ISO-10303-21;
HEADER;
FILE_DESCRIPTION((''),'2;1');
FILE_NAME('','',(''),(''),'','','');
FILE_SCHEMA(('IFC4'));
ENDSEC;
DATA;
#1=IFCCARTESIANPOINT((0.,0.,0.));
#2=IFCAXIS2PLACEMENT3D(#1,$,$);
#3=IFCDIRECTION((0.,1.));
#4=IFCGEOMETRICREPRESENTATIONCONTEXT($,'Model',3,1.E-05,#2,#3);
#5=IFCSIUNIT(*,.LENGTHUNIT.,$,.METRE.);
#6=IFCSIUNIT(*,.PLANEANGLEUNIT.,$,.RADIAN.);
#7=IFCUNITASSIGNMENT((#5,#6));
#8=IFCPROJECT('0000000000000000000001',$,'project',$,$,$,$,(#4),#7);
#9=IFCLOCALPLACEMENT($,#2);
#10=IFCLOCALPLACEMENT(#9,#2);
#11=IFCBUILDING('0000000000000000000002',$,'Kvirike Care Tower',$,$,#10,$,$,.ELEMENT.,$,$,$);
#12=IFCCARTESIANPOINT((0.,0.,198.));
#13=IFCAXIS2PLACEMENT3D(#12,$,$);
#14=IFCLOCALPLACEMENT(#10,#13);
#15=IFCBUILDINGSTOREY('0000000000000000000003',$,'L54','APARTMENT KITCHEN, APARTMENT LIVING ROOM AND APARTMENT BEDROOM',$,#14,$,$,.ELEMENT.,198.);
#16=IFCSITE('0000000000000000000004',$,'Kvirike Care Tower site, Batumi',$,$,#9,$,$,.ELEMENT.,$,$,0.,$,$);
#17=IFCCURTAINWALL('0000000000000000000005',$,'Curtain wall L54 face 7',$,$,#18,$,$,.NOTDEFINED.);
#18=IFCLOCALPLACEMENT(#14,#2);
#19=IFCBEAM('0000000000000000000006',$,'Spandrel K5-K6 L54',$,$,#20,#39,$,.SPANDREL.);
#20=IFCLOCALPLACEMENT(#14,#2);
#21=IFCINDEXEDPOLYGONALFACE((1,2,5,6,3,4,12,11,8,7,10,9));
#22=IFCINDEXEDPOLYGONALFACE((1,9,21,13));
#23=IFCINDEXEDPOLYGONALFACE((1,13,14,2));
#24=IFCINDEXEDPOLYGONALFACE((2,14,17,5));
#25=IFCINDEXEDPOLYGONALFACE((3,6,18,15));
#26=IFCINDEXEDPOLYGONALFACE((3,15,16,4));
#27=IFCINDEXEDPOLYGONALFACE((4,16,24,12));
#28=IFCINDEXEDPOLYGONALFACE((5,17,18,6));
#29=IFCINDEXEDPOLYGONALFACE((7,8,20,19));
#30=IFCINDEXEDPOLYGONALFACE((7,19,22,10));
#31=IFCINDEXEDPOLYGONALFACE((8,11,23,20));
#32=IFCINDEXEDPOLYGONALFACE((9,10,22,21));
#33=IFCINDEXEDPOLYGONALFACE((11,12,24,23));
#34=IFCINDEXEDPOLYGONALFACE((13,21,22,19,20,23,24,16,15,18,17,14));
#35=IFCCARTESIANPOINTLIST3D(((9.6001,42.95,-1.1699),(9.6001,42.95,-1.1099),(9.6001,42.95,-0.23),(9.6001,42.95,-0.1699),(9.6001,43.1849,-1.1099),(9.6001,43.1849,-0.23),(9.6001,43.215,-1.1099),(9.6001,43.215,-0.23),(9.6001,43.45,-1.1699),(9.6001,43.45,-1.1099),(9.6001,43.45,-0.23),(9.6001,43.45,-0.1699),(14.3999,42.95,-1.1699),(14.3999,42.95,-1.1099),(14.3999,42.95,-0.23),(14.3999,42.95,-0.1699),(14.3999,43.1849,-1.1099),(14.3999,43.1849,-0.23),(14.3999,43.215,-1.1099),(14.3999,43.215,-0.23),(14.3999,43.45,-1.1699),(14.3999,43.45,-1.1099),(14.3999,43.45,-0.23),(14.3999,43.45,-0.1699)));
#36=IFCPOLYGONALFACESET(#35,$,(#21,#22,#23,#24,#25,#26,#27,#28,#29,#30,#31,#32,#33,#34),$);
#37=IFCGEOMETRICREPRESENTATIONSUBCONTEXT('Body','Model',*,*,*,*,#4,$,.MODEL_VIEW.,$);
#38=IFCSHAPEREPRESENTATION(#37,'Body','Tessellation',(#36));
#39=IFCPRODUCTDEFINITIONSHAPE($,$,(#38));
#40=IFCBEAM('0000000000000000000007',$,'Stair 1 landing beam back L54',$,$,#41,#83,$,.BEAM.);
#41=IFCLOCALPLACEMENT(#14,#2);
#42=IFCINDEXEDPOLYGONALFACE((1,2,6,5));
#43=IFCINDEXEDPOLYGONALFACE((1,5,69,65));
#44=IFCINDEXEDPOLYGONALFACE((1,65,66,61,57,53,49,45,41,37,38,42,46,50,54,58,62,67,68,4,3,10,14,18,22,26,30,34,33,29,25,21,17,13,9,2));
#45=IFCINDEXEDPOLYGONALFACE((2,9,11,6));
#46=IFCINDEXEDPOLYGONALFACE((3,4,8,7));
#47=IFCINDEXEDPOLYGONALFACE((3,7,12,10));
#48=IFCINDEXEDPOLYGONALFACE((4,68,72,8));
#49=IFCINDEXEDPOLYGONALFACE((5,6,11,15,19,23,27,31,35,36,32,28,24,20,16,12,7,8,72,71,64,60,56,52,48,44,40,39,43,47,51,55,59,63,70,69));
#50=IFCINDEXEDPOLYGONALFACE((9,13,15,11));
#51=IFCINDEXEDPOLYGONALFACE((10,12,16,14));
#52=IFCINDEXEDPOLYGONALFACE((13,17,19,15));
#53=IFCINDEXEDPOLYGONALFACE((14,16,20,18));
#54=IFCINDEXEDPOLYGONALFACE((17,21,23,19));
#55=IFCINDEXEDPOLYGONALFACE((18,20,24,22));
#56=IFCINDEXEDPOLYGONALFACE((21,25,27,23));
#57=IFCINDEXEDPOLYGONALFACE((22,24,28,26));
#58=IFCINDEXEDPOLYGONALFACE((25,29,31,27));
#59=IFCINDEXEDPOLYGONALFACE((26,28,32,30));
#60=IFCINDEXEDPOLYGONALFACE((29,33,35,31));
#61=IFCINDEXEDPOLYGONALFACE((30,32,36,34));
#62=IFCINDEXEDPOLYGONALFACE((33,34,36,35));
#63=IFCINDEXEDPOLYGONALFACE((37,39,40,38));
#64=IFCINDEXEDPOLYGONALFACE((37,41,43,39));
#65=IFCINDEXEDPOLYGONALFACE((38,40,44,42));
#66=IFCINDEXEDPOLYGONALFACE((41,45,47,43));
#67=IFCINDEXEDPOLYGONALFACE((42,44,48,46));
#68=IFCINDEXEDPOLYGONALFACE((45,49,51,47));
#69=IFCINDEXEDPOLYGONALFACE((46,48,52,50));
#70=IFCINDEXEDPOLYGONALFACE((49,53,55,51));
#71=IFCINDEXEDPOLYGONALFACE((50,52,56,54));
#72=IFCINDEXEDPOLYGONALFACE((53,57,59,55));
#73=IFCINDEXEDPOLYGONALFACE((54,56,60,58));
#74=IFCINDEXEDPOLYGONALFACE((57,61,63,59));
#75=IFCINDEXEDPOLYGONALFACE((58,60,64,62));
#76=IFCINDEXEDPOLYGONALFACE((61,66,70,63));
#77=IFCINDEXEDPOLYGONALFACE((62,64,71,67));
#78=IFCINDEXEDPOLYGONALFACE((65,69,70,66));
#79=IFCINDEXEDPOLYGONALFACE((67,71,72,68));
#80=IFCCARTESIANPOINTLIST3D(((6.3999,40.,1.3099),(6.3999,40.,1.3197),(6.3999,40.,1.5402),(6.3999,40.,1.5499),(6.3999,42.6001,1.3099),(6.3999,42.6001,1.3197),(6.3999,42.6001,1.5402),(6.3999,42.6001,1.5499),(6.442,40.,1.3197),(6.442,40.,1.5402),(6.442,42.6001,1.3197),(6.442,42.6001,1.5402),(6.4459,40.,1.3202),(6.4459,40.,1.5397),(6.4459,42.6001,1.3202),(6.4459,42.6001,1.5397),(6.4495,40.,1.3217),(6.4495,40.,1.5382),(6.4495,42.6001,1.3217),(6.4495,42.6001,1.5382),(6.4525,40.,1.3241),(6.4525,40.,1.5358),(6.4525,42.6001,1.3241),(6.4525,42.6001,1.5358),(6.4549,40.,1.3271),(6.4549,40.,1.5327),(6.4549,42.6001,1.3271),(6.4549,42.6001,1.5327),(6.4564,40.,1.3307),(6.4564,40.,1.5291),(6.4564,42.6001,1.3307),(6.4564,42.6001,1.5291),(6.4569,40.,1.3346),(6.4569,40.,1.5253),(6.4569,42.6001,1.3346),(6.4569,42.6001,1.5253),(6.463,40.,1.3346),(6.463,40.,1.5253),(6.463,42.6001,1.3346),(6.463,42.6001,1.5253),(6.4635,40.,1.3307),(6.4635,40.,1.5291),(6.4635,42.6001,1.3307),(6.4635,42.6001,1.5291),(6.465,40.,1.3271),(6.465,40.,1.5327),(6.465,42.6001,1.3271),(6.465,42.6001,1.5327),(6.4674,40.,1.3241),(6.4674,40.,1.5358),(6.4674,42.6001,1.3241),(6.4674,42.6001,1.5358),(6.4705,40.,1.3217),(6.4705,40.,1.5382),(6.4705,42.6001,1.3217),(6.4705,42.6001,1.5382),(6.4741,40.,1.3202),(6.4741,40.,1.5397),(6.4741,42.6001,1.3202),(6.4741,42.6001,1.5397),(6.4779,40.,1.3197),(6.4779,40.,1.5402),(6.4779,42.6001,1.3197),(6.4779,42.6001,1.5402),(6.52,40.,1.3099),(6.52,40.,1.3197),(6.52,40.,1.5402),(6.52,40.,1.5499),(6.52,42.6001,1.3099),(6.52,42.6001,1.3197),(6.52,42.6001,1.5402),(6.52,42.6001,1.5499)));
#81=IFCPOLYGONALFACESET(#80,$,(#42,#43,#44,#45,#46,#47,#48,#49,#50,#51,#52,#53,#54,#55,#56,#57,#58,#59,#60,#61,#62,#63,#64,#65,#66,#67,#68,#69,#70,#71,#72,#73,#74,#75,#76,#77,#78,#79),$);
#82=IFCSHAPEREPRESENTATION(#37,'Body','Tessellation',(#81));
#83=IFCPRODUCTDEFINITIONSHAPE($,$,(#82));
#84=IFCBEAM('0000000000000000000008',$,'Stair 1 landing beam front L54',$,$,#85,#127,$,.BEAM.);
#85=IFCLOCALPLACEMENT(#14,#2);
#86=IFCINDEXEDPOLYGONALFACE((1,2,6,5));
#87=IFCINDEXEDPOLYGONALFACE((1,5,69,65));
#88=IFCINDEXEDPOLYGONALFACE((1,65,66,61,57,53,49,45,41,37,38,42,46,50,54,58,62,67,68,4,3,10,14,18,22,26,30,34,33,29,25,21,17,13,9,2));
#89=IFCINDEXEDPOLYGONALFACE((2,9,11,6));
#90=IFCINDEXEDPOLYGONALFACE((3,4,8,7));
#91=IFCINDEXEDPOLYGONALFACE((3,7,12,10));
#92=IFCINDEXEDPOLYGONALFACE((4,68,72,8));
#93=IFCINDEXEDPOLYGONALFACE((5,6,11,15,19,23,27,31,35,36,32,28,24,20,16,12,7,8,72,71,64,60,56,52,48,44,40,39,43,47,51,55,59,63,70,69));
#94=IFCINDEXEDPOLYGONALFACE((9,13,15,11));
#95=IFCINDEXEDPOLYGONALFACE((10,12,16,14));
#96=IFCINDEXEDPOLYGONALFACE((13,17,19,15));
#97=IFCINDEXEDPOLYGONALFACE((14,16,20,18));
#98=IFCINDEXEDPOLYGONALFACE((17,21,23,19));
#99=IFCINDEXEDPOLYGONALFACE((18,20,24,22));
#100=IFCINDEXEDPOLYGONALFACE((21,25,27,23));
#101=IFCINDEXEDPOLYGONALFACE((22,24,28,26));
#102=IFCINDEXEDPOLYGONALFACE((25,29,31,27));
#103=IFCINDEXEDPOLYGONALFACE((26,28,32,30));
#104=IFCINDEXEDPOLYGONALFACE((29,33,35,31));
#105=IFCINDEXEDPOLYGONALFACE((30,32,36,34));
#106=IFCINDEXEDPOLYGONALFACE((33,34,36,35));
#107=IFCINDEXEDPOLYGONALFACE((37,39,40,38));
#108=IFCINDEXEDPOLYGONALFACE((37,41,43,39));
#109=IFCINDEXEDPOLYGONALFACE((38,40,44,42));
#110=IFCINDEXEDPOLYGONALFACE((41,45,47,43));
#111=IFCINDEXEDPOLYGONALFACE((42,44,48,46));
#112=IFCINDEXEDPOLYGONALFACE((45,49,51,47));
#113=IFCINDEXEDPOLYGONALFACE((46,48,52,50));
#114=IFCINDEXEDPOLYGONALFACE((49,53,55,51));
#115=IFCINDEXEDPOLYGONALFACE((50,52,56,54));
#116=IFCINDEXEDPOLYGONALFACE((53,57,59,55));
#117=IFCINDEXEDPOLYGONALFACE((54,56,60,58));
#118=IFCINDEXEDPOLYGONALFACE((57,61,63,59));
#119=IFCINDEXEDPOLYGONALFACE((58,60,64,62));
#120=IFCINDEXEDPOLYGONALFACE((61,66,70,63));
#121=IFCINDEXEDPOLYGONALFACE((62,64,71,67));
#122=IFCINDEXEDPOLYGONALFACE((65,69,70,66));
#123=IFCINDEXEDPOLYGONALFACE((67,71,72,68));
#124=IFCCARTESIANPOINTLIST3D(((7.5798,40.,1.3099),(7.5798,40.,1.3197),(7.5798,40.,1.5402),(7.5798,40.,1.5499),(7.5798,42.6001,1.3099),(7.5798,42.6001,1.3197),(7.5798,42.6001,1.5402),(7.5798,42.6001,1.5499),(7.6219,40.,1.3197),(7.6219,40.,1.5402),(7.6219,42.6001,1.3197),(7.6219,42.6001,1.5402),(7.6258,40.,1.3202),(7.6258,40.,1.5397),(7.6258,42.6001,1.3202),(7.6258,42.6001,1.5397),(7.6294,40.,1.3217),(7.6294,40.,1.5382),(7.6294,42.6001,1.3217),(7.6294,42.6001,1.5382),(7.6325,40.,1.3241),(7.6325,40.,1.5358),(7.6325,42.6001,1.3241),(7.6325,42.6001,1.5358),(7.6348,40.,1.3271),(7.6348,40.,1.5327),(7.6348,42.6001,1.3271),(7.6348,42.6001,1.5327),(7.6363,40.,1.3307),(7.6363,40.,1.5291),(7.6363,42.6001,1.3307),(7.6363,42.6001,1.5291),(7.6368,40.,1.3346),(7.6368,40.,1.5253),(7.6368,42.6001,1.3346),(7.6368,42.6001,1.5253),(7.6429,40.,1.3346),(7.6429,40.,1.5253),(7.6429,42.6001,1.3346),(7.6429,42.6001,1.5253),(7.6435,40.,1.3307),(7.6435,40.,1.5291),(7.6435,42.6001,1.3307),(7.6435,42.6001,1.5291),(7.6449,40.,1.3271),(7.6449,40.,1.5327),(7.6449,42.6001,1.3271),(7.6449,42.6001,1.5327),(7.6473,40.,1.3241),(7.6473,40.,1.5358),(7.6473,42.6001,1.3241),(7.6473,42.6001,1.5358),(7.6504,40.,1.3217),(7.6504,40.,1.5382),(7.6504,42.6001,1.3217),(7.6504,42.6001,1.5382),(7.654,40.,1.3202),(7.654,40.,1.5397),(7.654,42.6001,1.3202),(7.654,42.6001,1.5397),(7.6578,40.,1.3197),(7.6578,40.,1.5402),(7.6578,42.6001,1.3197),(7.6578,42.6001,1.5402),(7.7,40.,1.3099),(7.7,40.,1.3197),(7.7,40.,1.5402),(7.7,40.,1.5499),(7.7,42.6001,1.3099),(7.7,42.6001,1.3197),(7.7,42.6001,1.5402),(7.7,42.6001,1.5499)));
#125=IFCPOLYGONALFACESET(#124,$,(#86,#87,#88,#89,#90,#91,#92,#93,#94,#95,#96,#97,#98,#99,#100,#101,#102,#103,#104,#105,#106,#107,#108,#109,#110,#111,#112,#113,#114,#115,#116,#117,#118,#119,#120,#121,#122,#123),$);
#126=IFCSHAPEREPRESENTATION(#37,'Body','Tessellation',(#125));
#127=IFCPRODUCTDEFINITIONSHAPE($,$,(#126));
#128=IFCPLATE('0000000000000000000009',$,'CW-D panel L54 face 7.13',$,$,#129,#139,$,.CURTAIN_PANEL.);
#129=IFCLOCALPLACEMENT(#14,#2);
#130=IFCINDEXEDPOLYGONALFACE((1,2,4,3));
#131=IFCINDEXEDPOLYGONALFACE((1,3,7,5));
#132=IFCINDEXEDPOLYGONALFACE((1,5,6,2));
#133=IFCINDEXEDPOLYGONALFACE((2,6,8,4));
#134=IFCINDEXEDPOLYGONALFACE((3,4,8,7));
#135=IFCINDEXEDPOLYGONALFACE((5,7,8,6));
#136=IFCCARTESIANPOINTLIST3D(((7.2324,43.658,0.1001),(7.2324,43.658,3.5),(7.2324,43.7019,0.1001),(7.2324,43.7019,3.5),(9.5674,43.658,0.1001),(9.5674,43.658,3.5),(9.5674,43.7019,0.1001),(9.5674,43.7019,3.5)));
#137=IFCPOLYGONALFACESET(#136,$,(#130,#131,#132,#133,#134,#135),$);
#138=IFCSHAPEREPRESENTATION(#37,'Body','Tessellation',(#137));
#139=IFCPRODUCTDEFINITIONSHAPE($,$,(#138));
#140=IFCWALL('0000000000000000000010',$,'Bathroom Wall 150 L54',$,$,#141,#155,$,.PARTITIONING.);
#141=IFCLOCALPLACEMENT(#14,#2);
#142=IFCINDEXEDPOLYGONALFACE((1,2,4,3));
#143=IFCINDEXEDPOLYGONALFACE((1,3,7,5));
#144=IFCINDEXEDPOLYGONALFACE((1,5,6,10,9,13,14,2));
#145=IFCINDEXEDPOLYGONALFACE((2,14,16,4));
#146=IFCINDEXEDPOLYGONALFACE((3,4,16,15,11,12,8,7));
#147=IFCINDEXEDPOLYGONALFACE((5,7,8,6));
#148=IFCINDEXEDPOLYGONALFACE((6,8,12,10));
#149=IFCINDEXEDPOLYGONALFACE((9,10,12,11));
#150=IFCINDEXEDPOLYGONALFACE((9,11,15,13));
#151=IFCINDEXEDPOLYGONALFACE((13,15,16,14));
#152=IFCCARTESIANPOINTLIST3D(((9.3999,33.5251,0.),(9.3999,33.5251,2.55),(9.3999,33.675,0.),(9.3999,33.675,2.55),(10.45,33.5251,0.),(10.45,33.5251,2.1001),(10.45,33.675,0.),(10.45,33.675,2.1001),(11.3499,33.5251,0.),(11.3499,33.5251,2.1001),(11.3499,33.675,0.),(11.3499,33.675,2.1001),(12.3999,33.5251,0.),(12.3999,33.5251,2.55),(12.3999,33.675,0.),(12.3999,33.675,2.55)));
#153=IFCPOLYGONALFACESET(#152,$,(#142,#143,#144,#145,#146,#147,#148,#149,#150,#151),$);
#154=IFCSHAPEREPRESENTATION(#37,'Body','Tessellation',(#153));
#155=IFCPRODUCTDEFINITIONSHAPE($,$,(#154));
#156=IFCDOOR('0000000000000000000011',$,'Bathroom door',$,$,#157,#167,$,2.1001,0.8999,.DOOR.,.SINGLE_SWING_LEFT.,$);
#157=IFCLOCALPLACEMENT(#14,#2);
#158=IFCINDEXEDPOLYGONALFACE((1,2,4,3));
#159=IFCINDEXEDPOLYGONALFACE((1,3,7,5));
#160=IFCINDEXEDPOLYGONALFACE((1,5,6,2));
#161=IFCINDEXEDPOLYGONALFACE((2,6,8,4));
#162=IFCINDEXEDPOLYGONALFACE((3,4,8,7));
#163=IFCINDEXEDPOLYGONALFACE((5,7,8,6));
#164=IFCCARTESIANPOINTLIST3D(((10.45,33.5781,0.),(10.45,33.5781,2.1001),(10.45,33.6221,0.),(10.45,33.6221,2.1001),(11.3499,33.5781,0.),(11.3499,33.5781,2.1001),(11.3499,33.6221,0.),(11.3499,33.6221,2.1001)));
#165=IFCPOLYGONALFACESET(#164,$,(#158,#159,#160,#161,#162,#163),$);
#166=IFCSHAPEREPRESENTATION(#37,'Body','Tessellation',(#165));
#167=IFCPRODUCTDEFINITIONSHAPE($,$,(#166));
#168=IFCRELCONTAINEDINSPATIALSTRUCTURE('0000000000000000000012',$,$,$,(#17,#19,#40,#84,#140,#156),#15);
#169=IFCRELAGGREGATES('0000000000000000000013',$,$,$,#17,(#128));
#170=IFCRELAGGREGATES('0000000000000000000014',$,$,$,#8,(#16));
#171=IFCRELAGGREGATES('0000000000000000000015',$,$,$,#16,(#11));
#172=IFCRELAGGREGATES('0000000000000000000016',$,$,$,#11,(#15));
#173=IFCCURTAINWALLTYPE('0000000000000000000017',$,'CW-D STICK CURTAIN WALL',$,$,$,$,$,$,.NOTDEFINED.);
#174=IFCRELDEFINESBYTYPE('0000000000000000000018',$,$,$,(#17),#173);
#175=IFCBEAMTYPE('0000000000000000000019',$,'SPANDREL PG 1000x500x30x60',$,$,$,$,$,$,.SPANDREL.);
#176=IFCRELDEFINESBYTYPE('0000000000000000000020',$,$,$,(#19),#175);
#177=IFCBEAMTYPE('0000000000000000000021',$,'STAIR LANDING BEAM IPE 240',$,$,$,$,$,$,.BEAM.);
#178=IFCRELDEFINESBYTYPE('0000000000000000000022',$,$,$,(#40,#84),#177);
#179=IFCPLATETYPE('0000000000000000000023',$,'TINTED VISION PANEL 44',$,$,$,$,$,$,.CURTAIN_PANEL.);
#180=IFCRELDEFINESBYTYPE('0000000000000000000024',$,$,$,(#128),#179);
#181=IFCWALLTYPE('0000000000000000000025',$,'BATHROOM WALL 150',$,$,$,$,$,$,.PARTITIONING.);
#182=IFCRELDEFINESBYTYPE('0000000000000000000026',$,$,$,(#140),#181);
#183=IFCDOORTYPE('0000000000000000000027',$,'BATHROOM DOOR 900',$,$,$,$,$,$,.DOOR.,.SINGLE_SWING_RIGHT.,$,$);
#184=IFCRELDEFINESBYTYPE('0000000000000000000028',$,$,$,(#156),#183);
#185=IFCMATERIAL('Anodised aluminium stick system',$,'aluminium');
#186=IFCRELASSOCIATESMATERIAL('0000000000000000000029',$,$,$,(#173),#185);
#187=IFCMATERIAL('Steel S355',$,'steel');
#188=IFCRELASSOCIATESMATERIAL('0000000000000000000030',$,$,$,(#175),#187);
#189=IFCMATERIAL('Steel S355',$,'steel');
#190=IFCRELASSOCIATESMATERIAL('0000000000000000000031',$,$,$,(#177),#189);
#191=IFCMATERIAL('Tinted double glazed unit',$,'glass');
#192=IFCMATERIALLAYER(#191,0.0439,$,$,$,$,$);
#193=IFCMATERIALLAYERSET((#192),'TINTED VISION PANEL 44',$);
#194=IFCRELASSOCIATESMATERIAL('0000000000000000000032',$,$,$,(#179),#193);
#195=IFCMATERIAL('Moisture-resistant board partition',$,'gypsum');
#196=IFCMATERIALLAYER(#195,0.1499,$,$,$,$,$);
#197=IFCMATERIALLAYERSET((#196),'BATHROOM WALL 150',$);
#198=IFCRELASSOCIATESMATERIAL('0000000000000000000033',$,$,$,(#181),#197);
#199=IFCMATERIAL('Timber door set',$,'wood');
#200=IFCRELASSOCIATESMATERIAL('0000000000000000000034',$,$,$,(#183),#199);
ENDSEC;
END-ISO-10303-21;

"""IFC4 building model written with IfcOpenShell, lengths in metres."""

from ifc_helpers import new_model, si_unit, direction, frame, frame_2d, origin, origin_2d, place, context, subcontext, project, spatial, rectangle, i_section, extrude, material, layer, layer_set, material_profile, profile_set, type_object, element, fill, aggregate, save


model = new_model("IFC4")

# Units and contexts
model_context = context("Model", 3, precision=1e-05, world=origin(), true_north=direction((0.0, 1.0)))
body_context = subcontext(model_context, "Body", "Model", "MODEL_VIEW")
ifc_project = project(units=[si_unit("LENGTHUNIT", "METRE"), si_unit("PLANEANGLEUNIT", "RADIAN")], contexts=[model_context])

# Site, building, storey
site_placement = place(None, origin())
site = spatial("IfcSite", under=ifc_project, at=site_placement, Name="Kvirike Care Tower site, Batumi", CompositionType="ELEMENT", RefElevation=0.0)
building_placement = place(site_placement, origin())
building = spatial("IfcBuilding", under=site, at=building_placement, Name="Kvirike Care Tower", CompositionType="ELEMENT")
storey_placement = place(building_placement, frame((0.0, 0.0, 198.0)))
storey = spatial("IfcBuildingStorey", under=building, at=storey_placement, Name="L54", Description="APARTMENT KITCHEN, APARTMENT LIVING ROOM AND APARTMENT BEDROOM", CompositionType="ELEMENT", Elevation=198.0)

# Curtain wall
ifc_material_1 = material(Name="Anodised aluminium stick system", Category="aluminium")
curtain_wall_type = type_object("IfcCurtainWallType", Name="CW-D STICK CURTAIN WALL", PredefinedType="NOTDEFINED", material=ifc_material_1)
curtain_wall_placement = place(storey_placement, origin())
curtain_wall = element("IfcCurtainWall", 1, at=curtain_wall_placement, inside=storey, type_object=curtain_wall_type, Name="Curtain wall L54 face 7", PredefinedType="NOTDEFINED")

# Beams
ifc_material_2 = material(Name="Steel S355", Category="steel")
ifc_material_profile_1 = material_profile(ifc_material_2, i_section(OverallWidth=0.5, OverallDepth=1.0, WebThickness=0.03, FlangeThickness=0.0601, at=origin_2d()), Name="PG 1000x500x30x60")
ifc_profile_set_1 = profile_set([ifc_material_profile_1], Name="Steel S355")
beam_type_1 = type_object("IfcBeamType", Name="SPANDREL PG 1000x500x30x60", PredefinedType="SPANDREL", material=ifc_profile_set_1)
beam_placement = place(storey_placement, frame((9.6001, 43.2, -0.6699), z_axis=(1.0, 0.0, 0.0), x_axis=(0.0, 1.0, 0.0)))
element("IfcBeam", 2, at=beam_placement, inside=storey, type_object=beam_type_1, Name="Spandrel K5-K6 L54", PredefinedType="SPANDREL", context=body_context, shape_type="SweptSolid", body=[
    extrude(i_section(OverallWidth=0.5, OverallDepth=1.0, WebThickness=0.03, FlangeThickness=0.0601, at=origin_2d()), origin(), (0.0, 0.0, 1.0), 4.7998),
])
ifc_material_3 = material(Name="Steel S355", Category="steel")
ifc_material_profile_2 = material_profile(ifc_material_3, i_section(OverallWidth=0.1201, OverallDepth=0.24, WebThickness=0.0061, FlangeThickness=0.0098, FilletRadius=0.0149, at=origin_2d()), Name="IPE 240")
ifc_profile_set_2 = profile_set([ifc_material_profile_2], Name="Steel S355")
beam_type_2 = type_object("IfcBeamType", Name="STAIR LANDING BEAM IPE 240", PredefinedType="BEAM", material=ifc_profile_set_2)
for number, where, z_axis, x_axis, name in (
    (3, (6.46, 42.6001, 1.4299), (0.0, -1.0, 0.0), (1.0, 0.0, 0.0), "Stair 1 landing beam back L54"),
    (4, (7.6399, 42.6001, 1.4299), (0.0, -1.0, 0.0), (1.0, 0.0, 0.0), "Stair 1 landing beam front L54"),
):
    element("IfcBeam", number, at=place(storey_placement, frame(where, z_axis=z_axis, x_axis=x_axis)), inside=storey, type_object=beam_type_2, Name=name, PredefinedType="BEAM", context=body_context, shape_type="SweptSolid", body=[
        extrude(i_section(OverallWidth=0.1201, OverallDepth=0.24, WebThickness=0.0061, FlangeThickness=0.0098, FilletRadius=0.0149, at=origin_2d()), origin(), (0.0, 0.0, 1.0), 2.6001),
    ])

# Plate
ifc_material_4 = material(Name="Tinted double glazed unit", Category="glass")
ifc_layer_1 = layer(ifc_material_4, 0.0439)
ifc_layer_set_1 = layer_set([ifc_layer_1], Name="TINTED VISION PANEL 44")
plate_type = type_object("IfcPlateType", Name="TINTED VISION PANEL 44", PredefinedType="CURTAIN_PANEL", material=ifc_layer_set_1)
plate_placement = place(storey_placement, frame((8.3999, 43.6799, 0.1001), z_axis=(0.0, 0.0, 1.0), x_axis=(-1.0, 0.0, 0.0)))
plate = element("IfcPlate", 5, at=plate_placement, type_object=plate_type, Name="CW-D panel L54 face 7.13", PredefinedType="CURTAIN_PANEL", context=body_context, shape_type="SweptSolid", body=[
    extrude(rectangle(XDim=2.335, YDim=0.0439, at=origin_2d()), origin(), (0.0, 0.0, 1.0), 3.3999),
])
aggregate(curtain_wall, [plate])

# Wall, opening, door
ifc_material_5 = material(Name="Moisture-resistant board partition", Category="gypsum")
ifc_layer_2 = layer(ifc_material_5, 0.1499)
ifc_layer_set_2 = layer_set([ifc_layer_2], Name="BATHROOM WALL 150")
wall_type_1 = type_object("IfcWallType", Name="BATHROOM WALL 150", PredefinedType="PARTITIONING", material=ifc_layer_set_2)
wall_1_placement = place(storey_placement, frame((9.3999, 33.6001, 0.0), z_axis=(0.0, 0.0, 1.0), x_axis=(1.0, 0.0, 0.0)))
wall_1 = element("IfcWall", 6, at=wall_1_placement, inside=storey, type_object=wall_type_1, Name="Bathroom Wall 150 L54", PredefinedType="PARTITIONING", context=body_context, shape_type="SweptSolid", body=[
    extrude(rectangle(XDim=3.0, YDim=0.1499, at=frame_2d((1.5, 0.0))), origin(), (0.0, 0.0, 1.0), 2.55),
])
opening_1_placement = place(wall_1_placement, frame((1.05, 0.0, 0.0)))
opening_1 = element("IfcOpeningElement", 7, at=opening_1_placement, cuts=wall_1, PredefinedType="OPENING", context=body_context, shape_type="SweptSolid", body=[
    extrude(rectangle(XDim=0.8999, YDim=2.1001, at=frame_2d((0.45, 1.05))), frame((0.0, 0.0854, 0.0), z_axis=(0.0, -1.0, 0.0), x_axis=(1.0, 0.0, 0.0)), (0.0, 0.0, 1.0), 0.1709),
])
ifc_material_6 = material(Name="Timber door set", Category="wood")
door_type_1 = type_object("IfcDoorType", Name="BATHROOM DOOR 900", OperationType="SINGLE_SWING_RIGHT", PredefinedType="DOOR", material=ifc_material_6)
door_1_placement = place(opening_1_placement, frame((0.8999, 0.0, 0.0), z_axis=(0.0, 0.0, 1.0), x_axis=(-1.0, 0.0, 0.0)))
door_1 = element("IfcDoor", 8, at=door_1_placement, inside=storey, type_object=door_type_1, Name="Bathroom door", OperationType="SINGLE_SWING_LEFT", OverallHeight=2.1001, OverallWidth=0.8999, PredefinedType="DOOR", context=body_context, shape_type="SweptSolid", body=[
    extrude(rectangle(XDim=0.8999, YDim=2.1001, at=frame_2d((0.45, 1.05))), frame((0.0, 0.022, 0.0), z_axis=(0.0, -1.0, 0.0), x_axis=(1.0, 0.0, 0.0)), (0.0, 0.0, 1.0), 0.0439),
])
fill(opening_1, door_1)

save(model, "model.ifc")
